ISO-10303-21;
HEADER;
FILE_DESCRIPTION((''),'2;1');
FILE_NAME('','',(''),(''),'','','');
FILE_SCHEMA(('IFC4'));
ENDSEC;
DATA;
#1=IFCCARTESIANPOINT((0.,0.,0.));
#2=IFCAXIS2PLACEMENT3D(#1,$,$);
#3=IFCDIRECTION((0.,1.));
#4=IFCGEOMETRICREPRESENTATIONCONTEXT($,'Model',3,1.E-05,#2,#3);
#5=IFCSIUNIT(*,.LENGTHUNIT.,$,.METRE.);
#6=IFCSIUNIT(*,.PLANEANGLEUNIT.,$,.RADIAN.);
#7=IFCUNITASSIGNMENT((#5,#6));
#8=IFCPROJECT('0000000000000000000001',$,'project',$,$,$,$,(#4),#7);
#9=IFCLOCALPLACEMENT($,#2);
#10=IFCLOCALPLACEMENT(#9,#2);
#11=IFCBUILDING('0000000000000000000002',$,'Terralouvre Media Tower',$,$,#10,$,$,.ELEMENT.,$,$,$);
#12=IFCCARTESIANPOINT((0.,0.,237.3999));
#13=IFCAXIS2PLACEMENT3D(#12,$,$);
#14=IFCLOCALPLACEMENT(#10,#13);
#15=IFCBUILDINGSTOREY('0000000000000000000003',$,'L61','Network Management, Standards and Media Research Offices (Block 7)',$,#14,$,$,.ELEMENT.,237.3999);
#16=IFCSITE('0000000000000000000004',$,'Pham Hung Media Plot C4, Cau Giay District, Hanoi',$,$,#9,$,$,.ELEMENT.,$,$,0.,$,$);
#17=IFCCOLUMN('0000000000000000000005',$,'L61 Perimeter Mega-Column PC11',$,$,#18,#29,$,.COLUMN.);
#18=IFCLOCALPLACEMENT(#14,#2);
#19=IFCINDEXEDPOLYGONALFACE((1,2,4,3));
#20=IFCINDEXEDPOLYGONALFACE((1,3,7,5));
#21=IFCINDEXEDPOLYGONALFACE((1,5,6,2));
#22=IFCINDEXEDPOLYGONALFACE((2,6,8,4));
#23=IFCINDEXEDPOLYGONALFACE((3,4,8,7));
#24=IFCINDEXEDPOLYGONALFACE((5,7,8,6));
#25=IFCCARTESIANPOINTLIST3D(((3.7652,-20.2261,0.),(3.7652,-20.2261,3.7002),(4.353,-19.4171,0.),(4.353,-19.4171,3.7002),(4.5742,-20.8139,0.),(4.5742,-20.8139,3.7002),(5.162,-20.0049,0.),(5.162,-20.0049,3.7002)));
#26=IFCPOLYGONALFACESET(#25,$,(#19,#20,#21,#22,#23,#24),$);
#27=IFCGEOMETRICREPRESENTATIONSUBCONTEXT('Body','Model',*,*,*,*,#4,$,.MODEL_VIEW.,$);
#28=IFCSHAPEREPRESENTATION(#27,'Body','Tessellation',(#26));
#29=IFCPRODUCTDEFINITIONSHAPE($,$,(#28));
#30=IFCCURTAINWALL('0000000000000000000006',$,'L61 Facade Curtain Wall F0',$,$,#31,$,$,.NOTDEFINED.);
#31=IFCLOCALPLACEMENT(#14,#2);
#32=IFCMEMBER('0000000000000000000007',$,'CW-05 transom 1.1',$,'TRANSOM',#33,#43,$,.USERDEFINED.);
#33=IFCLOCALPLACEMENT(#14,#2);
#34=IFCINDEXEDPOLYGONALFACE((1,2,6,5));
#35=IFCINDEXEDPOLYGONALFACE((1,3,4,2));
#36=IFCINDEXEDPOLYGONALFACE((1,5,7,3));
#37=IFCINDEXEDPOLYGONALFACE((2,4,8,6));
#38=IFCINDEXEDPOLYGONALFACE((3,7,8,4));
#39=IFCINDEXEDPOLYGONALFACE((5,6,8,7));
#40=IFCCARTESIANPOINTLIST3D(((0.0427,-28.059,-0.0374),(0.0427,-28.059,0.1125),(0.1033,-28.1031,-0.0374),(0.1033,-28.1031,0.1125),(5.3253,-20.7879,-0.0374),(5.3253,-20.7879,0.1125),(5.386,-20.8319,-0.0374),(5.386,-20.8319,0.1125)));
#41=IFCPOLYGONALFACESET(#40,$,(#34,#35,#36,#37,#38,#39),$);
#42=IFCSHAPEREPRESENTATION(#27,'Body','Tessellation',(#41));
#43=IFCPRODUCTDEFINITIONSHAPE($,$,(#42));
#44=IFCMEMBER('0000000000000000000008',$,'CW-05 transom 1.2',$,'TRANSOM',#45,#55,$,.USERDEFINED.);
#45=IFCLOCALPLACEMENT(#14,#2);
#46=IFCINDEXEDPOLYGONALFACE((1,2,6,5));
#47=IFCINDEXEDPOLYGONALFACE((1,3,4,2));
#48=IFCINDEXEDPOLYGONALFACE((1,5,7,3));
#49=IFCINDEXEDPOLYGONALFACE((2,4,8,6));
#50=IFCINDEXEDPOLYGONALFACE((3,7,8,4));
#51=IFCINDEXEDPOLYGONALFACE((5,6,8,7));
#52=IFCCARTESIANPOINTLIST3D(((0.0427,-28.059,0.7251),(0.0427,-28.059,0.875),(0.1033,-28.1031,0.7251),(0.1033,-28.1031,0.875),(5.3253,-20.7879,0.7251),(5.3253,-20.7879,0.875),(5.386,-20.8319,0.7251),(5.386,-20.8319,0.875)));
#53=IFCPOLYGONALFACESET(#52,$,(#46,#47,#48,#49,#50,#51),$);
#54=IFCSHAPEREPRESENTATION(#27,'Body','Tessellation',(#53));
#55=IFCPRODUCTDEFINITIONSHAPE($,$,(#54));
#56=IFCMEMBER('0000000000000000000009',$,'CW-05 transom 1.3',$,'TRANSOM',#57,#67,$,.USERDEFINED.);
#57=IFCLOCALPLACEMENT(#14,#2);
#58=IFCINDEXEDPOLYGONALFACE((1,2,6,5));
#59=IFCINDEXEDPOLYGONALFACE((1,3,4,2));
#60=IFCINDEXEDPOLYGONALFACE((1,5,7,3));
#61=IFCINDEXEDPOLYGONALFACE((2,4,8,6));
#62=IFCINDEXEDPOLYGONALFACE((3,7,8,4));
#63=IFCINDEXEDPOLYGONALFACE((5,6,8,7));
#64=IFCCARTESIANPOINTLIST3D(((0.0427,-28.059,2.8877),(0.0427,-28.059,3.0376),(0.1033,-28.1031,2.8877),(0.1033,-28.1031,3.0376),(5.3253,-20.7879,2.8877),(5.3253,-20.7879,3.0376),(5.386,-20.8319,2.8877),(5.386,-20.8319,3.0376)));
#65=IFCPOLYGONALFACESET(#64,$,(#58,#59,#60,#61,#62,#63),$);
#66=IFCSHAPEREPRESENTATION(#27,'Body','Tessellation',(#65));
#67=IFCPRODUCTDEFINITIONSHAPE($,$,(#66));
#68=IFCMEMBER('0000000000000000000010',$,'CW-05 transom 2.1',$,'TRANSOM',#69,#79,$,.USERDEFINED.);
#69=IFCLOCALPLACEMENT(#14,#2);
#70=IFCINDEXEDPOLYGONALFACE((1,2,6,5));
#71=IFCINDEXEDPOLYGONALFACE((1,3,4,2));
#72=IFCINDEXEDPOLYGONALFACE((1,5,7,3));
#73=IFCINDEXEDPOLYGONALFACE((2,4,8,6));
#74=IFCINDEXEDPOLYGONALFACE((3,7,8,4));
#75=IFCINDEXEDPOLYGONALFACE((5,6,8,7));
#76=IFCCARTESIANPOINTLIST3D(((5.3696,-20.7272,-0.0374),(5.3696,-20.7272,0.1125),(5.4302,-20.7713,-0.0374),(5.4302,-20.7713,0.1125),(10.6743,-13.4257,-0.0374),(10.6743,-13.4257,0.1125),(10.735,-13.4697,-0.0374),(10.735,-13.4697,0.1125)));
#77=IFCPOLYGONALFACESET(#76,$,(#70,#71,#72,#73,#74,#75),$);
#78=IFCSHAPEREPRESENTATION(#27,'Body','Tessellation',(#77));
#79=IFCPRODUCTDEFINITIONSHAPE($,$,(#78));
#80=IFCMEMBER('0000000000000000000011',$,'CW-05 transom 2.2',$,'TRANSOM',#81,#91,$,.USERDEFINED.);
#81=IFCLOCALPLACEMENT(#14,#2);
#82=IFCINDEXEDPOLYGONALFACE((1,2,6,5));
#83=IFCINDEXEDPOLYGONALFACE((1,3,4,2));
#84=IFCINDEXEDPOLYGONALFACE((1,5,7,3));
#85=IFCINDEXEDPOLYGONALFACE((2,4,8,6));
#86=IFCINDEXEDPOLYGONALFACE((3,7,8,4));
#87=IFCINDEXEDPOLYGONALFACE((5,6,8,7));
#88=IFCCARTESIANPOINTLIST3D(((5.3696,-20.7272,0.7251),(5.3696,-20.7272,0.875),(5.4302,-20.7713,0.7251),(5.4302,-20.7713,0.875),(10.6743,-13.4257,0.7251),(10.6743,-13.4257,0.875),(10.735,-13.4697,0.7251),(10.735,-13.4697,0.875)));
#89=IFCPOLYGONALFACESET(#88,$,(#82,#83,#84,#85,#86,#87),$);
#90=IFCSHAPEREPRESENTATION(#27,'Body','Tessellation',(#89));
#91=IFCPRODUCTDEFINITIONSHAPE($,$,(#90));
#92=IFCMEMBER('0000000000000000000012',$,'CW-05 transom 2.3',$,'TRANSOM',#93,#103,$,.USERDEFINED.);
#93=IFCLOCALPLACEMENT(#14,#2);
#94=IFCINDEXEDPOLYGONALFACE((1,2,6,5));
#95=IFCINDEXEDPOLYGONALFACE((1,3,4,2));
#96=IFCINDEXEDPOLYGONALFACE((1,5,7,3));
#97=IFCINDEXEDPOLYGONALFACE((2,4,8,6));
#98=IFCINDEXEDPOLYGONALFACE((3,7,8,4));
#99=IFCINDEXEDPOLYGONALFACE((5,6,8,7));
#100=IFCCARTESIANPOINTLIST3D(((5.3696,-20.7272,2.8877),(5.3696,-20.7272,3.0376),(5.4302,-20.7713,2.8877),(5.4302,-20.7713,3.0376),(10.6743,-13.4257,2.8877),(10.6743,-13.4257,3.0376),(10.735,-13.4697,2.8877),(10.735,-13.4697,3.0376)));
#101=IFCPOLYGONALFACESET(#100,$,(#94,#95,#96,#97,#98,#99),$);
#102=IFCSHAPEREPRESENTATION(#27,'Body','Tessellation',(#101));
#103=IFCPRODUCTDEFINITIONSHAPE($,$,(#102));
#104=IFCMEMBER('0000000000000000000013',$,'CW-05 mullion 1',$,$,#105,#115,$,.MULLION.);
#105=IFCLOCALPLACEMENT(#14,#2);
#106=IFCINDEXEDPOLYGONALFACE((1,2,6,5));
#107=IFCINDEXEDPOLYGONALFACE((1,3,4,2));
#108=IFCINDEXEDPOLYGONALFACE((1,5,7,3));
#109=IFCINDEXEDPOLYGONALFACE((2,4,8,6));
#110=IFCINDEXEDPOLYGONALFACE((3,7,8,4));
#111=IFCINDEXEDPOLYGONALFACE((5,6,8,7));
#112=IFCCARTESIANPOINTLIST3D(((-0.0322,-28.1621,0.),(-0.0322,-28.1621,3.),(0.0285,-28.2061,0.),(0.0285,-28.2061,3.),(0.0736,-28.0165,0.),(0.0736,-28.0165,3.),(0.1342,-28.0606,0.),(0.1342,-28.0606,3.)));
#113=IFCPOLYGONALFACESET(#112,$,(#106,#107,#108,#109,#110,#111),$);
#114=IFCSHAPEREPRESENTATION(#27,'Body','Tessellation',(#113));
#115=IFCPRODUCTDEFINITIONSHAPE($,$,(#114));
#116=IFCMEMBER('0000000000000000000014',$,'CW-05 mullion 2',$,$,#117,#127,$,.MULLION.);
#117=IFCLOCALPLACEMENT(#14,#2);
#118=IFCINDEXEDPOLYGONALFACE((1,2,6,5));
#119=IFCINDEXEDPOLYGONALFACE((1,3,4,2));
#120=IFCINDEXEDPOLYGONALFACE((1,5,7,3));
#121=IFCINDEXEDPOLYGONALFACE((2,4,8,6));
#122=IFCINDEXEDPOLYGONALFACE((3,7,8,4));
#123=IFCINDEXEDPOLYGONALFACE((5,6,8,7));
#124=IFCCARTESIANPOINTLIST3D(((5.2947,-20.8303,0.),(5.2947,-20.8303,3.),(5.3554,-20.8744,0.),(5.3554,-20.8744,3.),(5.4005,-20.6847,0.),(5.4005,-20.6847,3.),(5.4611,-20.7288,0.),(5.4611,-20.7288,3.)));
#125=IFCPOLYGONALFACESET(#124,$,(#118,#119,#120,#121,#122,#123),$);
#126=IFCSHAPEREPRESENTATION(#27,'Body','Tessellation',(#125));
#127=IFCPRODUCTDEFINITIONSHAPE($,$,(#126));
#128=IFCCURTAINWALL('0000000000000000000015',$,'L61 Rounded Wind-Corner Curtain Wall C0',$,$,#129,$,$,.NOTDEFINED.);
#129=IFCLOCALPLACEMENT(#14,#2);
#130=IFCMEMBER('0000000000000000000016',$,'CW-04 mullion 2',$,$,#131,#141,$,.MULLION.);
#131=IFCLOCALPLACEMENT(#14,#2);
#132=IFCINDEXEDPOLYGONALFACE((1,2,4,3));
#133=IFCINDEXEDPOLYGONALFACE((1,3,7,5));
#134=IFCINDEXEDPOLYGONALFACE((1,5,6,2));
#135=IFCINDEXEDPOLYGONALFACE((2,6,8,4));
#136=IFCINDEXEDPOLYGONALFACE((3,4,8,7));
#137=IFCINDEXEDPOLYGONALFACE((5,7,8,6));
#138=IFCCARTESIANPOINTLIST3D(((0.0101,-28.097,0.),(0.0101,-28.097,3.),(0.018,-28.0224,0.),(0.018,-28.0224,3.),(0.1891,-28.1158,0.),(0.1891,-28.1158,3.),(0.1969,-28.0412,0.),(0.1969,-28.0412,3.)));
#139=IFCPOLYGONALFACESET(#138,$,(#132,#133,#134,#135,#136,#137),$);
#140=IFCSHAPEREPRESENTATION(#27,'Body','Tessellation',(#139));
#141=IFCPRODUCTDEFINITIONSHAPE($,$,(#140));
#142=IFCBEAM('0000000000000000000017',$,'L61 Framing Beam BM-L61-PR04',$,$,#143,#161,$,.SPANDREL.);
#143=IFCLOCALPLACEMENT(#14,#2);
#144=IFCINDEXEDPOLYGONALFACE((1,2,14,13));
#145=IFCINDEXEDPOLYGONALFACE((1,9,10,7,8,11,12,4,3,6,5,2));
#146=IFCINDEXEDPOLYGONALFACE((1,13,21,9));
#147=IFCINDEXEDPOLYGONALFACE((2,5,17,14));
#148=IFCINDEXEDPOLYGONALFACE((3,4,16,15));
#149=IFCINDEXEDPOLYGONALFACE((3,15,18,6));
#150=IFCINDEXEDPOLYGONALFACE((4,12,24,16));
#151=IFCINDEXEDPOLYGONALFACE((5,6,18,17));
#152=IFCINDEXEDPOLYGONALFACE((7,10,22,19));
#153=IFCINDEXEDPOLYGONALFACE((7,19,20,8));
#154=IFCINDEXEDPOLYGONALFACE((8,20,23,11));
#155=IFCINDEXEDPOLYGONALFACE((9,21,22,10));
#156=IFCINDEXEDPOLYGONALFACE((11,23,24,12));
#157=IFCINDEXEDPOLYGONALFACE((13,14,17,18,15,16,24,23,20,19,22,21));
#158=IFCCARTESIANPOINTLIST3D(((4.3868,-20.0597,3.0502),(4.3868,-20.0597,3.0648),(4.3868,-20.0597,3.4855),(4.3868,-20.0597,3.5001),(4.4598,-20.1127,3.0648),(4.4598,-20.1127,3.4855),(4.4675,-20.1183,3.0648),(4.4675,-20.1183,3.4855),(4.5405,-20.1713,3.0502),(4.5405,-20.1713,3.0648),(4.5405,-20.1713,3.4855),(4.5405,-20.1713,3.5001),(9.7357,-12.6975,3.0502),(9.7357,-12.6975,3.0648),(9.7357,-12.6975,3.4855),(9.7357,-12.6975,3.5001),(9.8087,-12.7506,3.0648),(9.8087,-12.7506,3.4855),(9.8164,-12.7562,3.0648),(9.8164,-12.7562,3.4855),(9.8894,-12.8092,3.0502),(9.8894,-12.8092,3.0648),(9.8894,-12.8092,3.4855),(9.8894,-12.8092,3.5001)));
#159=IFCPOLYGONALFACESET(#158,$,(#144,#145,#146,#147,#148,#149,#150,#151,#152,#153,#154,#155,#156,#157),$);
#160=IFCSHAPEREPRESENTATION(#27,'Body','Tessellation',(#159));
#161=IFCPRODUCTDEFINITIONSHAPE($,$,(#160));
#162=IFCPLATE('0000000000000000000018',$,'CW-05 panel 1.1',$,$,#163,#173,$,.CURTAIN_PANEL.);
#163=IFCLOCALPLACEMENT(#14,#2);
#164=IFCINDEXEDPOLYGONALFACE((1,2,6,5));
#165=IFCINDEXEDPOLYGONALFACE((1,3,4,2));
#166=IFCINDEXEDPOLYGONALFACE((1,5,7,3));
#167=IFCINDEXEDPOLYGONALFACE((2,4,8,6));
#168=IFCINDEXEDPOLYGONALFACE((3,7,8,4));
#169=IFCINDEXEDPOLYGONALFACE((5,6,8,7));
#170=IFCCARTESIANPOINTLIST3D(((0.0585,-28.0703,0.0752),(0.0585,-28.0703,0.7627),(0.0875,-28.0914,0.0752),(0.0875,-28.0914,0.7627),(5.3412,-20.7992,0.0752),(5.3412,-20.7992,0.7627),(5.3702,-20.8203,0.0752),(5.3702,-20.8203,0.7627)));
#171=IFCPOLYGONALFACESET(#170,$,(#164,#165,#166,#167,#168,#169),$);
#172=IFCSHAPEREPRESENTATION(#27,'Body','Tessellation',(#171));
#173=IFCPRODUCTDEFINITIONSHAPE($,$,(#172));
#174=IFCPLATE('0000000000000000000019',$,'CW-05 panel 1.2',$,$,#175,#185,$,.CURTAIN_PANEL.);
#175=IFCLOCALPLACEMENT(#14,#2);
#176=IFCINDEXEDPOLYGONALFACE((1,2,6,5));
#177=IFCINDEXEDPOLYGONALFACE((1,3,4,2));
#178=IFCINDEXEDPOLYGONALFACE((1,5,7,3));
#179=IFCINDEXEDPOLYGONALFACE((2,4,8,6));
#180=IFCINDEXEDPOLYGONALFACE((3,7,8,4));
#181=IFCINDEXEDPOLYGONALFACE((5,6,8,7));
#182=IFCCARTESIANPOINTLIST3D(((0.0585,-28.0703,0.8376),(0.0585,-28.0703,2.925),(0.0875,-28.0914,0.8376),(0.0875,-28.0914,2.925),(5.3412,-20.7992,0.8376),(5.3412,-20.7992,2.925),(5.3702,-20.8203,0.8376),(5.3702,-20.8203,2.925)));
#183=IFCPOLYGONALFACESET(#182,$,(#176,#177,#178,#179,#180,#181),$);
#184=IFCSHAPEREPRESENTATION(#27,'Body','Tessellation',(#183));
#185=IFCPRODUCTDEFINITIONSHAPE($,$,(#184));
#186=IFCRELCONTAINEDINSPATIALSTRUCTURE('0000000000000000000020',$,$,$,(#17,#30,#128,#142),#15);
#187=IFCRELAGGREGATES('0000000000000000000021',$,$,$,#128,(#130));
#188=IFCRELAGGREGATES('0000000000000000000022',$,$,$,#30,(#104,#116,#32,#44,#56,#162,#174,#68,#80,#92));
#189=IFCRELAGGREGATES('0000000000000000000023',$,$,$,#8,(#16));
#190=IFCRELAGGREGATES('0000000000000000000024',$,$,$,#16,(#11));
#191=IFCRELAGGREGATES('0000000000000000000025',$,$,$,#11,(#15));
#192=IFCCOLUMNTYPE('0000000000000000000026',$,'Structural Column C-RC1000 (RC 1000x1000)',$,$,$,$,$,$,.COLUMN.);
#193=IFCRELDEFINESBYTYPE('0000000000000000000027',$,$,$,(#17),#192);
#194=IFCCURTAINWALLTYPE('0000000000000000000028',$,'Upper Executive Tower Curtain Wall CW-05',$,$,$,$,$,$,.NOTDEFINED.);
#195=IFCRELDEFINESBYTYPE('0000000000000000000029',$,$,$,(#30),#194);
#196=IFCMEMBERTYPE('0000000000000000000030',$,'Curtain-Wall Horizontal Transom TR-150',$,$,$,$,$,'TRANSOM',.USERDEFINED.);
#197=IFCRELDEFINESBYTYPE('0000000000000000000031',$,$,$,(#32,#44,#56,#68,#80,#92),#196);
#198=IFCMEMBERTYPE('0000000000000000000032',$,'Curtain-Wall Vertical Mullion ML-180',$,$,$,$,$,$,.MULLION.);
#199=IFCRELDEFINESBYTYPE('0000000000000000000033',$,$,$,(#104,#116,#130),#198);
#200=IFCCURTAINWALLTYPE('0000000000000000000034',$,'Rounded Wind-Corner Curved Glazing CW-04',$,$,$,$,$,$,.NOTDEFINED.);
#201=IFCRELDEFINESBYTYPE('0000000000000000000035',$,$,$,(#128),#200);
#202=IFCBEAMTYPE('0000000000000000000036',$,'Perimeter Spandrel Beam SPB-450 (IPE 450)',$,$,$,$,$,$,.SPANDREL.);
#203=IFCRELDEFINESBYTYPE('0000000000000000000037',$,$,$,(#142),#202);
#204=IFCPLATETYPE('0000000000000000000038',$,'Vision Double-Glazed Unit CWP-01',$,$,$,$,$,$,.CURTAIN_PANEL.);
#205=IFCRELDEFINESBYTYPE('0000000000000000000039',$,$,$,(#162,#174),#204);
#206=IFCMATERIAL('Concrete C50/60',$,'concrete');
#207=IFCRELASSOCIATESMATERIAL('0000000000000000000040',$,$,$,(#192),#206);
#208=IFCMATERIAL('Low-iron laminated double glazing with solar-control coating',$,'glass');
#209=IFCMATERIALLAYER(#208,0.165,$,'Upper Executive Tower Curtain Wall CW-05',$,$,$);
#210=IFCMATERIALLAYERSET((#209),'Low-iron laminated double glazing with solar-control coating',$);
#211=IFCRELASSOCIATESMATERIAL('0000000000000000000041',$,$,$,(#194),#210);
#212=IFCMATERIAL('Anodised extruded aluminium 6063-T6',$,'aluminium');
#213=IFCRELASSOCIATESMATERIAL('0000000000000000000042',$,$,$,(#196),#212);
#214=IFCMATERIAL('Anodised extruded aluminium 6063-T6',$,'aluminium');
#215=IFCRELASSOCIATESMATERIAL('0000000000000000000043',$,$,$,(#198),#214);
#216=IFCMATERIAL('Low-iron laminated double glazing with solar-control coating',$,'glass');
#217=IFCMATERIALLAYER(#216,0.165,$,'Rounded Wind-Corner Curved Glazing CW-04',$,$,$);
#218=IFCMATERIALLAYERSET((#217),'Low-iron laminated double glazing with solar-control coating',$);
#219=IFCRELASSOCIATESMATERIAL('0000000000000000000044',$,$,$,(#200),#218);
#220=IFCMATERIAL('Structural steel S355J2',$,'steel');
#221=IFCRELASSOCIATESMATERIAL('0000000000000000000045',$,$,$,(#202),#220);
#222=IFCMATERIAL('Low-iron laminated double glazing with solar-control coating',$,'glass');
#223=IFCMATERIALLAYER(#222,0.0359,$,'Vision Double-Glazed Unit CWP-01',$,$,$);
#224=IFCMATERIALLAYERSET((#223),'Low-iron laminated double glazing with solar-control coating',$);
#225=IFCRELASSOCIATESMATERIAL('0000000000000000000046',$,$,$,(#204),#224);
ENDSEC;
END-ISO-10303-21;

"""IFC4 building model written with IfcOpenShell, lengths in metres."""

from ifc_helpers import new_model, si_unit, direction, frame, origin, origin_2d, place, context, subcontext, project, spatial, rectangle, i_section, extrude, material, layer, layer_set, material_profile, profile_set, type_object, element, aggregate, save


model = new_model("IFC4")

# Units and contexts
model_context = context("Model", 3, precision=1e-05, world=origin(), true_north=direction((0.0, 1.0)))
body_context = subcontext(model_context, "Body", "Model", "MODEL_VIEW")
ifc_project = project(units=[si_unit("LENGTHUNIT", "METRE"), si_unit("PLANEANGLEUNIT", "RADIAN")], contexts=[model_context])

# Site, building, storey
site_placement = place(None, origin())
site = spatial("IfcSite", under=ifc_project, at=site_placement, Name="Pham Hung Media Plot C4, Cau Giay District, Hanoi", CompositionType="ELEMENT", RefElevation=0.0)
building_placement = place(site_placement, origin())
building = spatial("IfcBuilding", under=site, at=building_placement, Name="Terralouvre Media Tower", CompositionType="ELEMENT")
storey_placement = place(building_placement, frame((0.0, 0.0, 237.3999)))
storey = spatial("IfcBuildingStorey", under=building, at=storey_placement, Name="L61", Description="Network Management, Standards and Media Research Offices (Block 7)", CompositionType="ELEMENT", Elevation=237.3999)

# Column
ifc_material_1 = material(Name="Concrete C50/60", Category="concrete")
ifc_material_profile_1 = material_profile(ifc_material_1, rectangle(XDim=1.0, YDim=1.0, at=origin_2d()), Name="RC 1000x1000")
ifc_profile_set_1 = profile_set([ifc_material_profile_1], Name="Concrete C50/60")
column_type = type_object("IfcColumnType", Name="Structural Column C-RC1000 (RC 1000x1000)", PredefinedType="COLUMN", material=ifc_profile_set_1)
column_placement = place(storey_placement, frame((4.4636, -20.1155, 0.0), z_axis=(0.0, 0.0, 1.0), x_axis=(0.587785, 0.809017, 0.0)))
element("IfcColumn", 1, at=column_placement, inside=storey, type_object=column_type, Name="L61 Perimeter Mega-Column PC11", PredefinedType="COLUMN", context=body_context, shape_type="SweptSolid", body=[
    extrude(rectangle(XDim=1.0, YDim=1.0, at=origin_2d()), origin(), (0.0, 0.0, 1.0), 3.7002),
])

# Curtain wall, members
ifc_material_2 = material(Name="Low-iron laminated double glazing with solar-control coating", Category="glass")
ifc_layer_1 = layer(ifc_material_2, 0.165, Name="Upper Executive Tower Curtain Wall CW-05")
ifc_layer_set_1 = layer_set([ifc_layer_1], Name="Low-iron laminated double glazing with solar-control coating")
curtain_wall_type_1 = type_object("IfcCurtainWallType", Name="Upper Executive Tower Curtain Wall CW-05", PredefinedType="NOTDEFINED", material=ifc_layer_set_1)
curtain_wall_1_placement = place(storey_placement, origin())
curtain_wall_1 = element("IfcCurtainWall", 2, at=curtain_wall_1_placement, inside=storey, type_object=curtain_wall_type_1, Name="L61 Facade Curtain Wall F0", PredefinedType="NOTDEFINED")
ifc_material_3 = material(Name="Anodised extruded aluminium 6063-T6", Category="aluminium")
ifc_material_profile_2 = material_profile(ifc_material_3, rectangle(XDim=0.075, YDim=0.1499, at=origin_2d()), Name="ALU 75x150")
ifc_profile_set_2 = profile_set([ifc_material_profile_2], Name="Anodised extruded aluminium 6063-T6")
member_type_1 = type_object("IfcMemberType", Name="Curtain-Wall Horizontal Transom TR-150", ElementType="TRANSOM", PredefinedType="USERDEFINED", material=ifc_profile_set_2)
member_1_placement = place(storey_placement, frame((0.073, -28.0811, 0.0376), z_axis=(0.587774, 0.809025, 0.0), x_axis=(-0.809025, 0.587774, 0.0)))
member_1 = element("IfcMember", 3, at=member_1_placement, type_object=member_type_1, Name="CW-05 transom 1.1", ObjectType="TRANSOM", PredefinedType="USERDEFINED", context=body_context, shape_type="SweptSolid", body=[
    extrude(rectangle(XDim=0.075, YDim=0.1499, at=origin_2d()), origin(), (0.0, 0.0, 1.0), 8.9875),
])
member_2_placement = place(storey_placement, frame((0.073, -28.0811, 0.8), z_axis=(0.587774, 0.809025, 0.0), x_axis=(-0.809025, 0.587774, 0.0)))
member_2 = element("IfcMember", 4, at=member_2_placement, type_object=member_type_1, Name="CW-05 transom 1.2", ObjectType="TRANSOM", PredefinedType="USERDEFINED", context=body_context, shape_type="SweptSolid", body=[
    extrude(rectangle(XDim=0.075, YDim=0.1499, at=origin_2d()), origin(), (0.0, 0.0, 1.0), 8.9875),
])
member_3_placement = place(storey_placement, frame((0.073, -28.0811, 2.9626), z_axis=(0.587774, 0.809025, 0.0), x_axis=(-0.809025, 0.587774, 0.0)))
member_3 = element("IfcMember", 5, at=member_3_placement, type_object=member_type_1, Name="CW-05 transom 1.3", ObjectType="TRANSOM", PredefinedType="USERDEFINED", context=body_context, shape_type="SweptSolid", body=[
    extrude(rectangle(XDim=0.075, YDim=0.1499, at=origin_2d()), origin(), (0.0, 0.0, 1.0), 8.9875),
])
member_4_placement = place(storey_placement, frame((5.3999, -20.7493, 0.0376), z_axis=(0.587773, 0.809026, 0.0), x_axis=(-0.809026, 0.587773, 0.0)))
member_4 = element("IfcMember", 6, at=member_4_placement, type_object=member_type_1, Name="CW-05 transom 2.1", ObjectType="TRANSOM", PredefinedType="USERDEFINED", context=body_context, shape_type="SweptSolid", body=[
    extrude(rectangle(XDim=0.075, YDim=0.1499, at=origin_2d()), origin(), (0.0, 0.0, 1.0), 9.0251),
])
member_5_placement = place(storey_placement, frame((5.3999, -20.7493, 0.8), z_axis=(0.587773, 0.809026, 0.0), x_axis=(-0.809026, 0.587773, 0.0)))
member_5 = element("IfcMember", 7, at=member_5_placement, type_object=member_type_1, Name="CW-05 transom 2.2", ObjectType="TRANSOM", PredefinedType="USERDEFINED", context=body_context, shape_type="SweptSolid", body=[
    extrude(rectangle(XDim=0.075, YDim=0.1499, at=origin_2d()), origin(), (0.0, 0.0, 1.0), 9.0251),
])
member_6_placement = place(storey_placement, frame((5.3999, -20.7493, 2.9626), z_axis=(0.587773, 0.809026, 0.0), x_axis=(-0.809026, 0.587773, 0.0)))
member_6 = element("IfcMember", 8, at=member_6_placement, type_object=member_type_1, Name="CW-05 transom 2.3", ObjectType="TRANSOM", PredefinedType="USERDEFINED", context=body_context, shape_type="SweptSolid", body=[
    extrude(rectangle(XDim=0.075, YDim=0.1499, at=origin_2d()), origin(), (0.0, 0.0, 1.0), 9.0251),
])
ifc_material_4 = material(Name="Anodised extruded aluminium 6063-T6", Category="aluminium")
ifc_material_profile_3 = material_profile(ifc_material_4, rectangle(XDim=0.075, YDim=0.1799, at=origin_2d()), Name="ALU 75x180")
ifc_profile_set_3 = profile_set([ifc_material_profile_3], Name="Anodised extruded aluminium 6063-T6")
member_type_2 = type_object("IfcMemberType", Name="Curtain-Wall Vertical Mullion ML-180", PredefinedType="MULLION", material=ifc_profile_set_3)
member_7_placement = place(storey_placement, frame((0.051, -28.1113, 0.0), z_axis=(0.0, 0.0, 1.0), x_axis=(-0.809017, 0.587785, 0.0)))
member_7 = element("IfcMember", 9, at=member_7_placement, type_object=member_type_2, Name="CW-05 mullion 1", PredefinedType="MULLION", context=body_context, shape_type="SweptSolid", body=[
    extrude(rectangle(XDim=0.075, YDim=0.1799, at=origin_2d()), origin(), (0.0, 0.0, 1.0), 3.0),
])
member_8_placement = place(storey_placement, frame((5.3779, -20.7795, 0.0), z_axis=(0.0, 0.0, 1.0), x_axis=(-0.809017, 0.587785, 0.0)))
member_8 = element("IfcMember", 10, at=member_8_placement, type_object=member_type_2, Name="CW-05 mullion 2", PredefinedType="MULLION", context=body_context, shape_type="SweptSolid", body=[
    extrude(rectangle(XDim=0.075, YDim=0.1799, at=origin_2d()), origin(), (0.0, 0.0, 1.0), 3.0),
])

# Curtain wall, member
ifc_material_5 = material(Name="Low-iron laminated double glazing with solar-control coating", Category="glass")
ifc_layer_2 = layer(ifc_material_5, 0.165, Name="Rounded Wind-Corner Curved Glazing CW-04")
ifc_layer_set_2 = layer_set([ifc_layer_2], Name="Low-iron laminated double glazing with solar-control coating")
curtain_wall_type_2 = type_object("IfcCurtainWallType", Name="Rounded Wind-Corner Curved Glazing CW-04", PredefinedType="NOTDEFINED", material=ifc_layer_set_2)
curtain_wall_2_placement = place(storey_placement, origin())
curtain_wall_2 = element("IfcCurtainWall", 11, at=curtain_wall_2_placement, inside=storey, type_object=curtain_wall_type_2, Name="L61 Rounded Wind-Corner Curtain Wall C0", PredefinedType="NOTDEFINED")
member_9_placement = place(storey_placement, frame((0.1035, -28.0691, 0.0), z_axis=(0.0, 0.0, 1.0), x_axis=(0.104528, 0.994522, 0.0)))
member_9 = element("IfcMember", 12, at=member_9_placement, type_object=member_type_2, Name="CW-04 mullion 2", PredefinedType="MULLION", context=body_context, shape_type="SweptSolid", body=[
    extrude(rectangle(XDim=0.075, YDim=0.1799, at=origin_2d()), origin(), (0.0, 0.0, 1.0), 3.0),
])
aggregate(curtain_wall_2, [member_9])

# Beam
ifc_material_6 = material(Name="Structural steel S355J2", Category="steel")
ifc_material_profile_4 = material_profile(ifc_material_6, i_section(OverallWidth=0.1899, OverallDepth=0.45, WebThickness=0.0095, FlangeThickness=0.0146, at=origin_2d()), Name="IPE 450")
ifc_profile_set_4 = profile_set([ifc_material_profile_4], Name="Structural steel S355J2")
beam_type = type_object("IfcBeamType", Name="Perimeter Spandrel Beam SPB-450 (IPE 450)", PredefinedType="SPANDREL", material=ifc_profile_set_4)
beam_placement = place(storey_placement, frame((4.4636, -20.1155, 3.2751), z_axis=(0.587787, 0.809016, 0.0), x_axis=(-0.809016, 0.587787, 0.0)))
element("IfcBeam", 13, at=beam_placement, inside=storey, type_object=beam_type, Name="L61 Framing Beam BM-L61-PR04", PredefinedType="SPANDREL", context=body_context, shape_type="SweptSolid", body=[
    extrude(i_section(OverallWidth=0.1899, OverallDepth=0.45, WebThickness=0.0095, FlangeThickness=0.0146, at=origin_2d()), origin(), (0.0, 0.0, 1.0), 9.1001),
])

# Plates
ifc_material_7 = material(Name="Low-iron laminated double glazing with solar-control coating", Category="glass")
ifc_layer_3 = layer(ifc_material_7, 0.0359, Name="Vision Double-Glazed Unit CWP-01")
ifc_layer_set_3 = layer_set([ifc_layer_3], Name="Low-iron laminated double glazing with solar-control coating")
plate_type = type_object("IfcPlateType", Name="Vision Double-Glazed Unit CWP-01", PredefinedType="CURTAIN_PANEL", material=ifc_layer_set_3)
plate_1_placement = place(storey_placement, frame((2.7144, -24.4453, 0.0752), z_axis=(0.0, 0.0, 1.0), x_axis=(0.587785, 0.809017, 0.0)))
plate_1 = element("IfcPlate", 14, at=plate_1_placement, type_object=plate_type, Name="CW-05 panel 1.1", PredefinedType="CURTAIN_PANEL", context=body_context, shape_type="SweptSolid", body=[
    extrude(rectangle(XDim=8.9875, YDim=0.0359, at=origin_2d()), origin(), (0.0, 0.0, 1.0), 0.6875),
])
plate_2_placement = place(storey_placement, frame((2.7144, -24.4453, 0.8376), z_axis=(0.0, 0.0, 1.0), x_axis=(0.587785, 0.809017, 0.0)))
plate_2 = element("IfcPlate", 15, at=plate_2_placement, type_object=plate_type, Name="CW-05 panel 1.2", PredefinedType="CURTAIN_PANEL", context=body_context, shape_type="SweptSolid", body=[
    extrude(rectangle(XDim=8.9875, YDim=0.0359, at=origin_2d()), origin(), (0.0, 0.0, 1.0), 2.0874),
])
aggregate(curtain_wall_1, [member_7, member_8, member_1, member_2, member_3, plate_1, plate_2, member_4, member_5, member_6])

save(model, "model.ifc")
